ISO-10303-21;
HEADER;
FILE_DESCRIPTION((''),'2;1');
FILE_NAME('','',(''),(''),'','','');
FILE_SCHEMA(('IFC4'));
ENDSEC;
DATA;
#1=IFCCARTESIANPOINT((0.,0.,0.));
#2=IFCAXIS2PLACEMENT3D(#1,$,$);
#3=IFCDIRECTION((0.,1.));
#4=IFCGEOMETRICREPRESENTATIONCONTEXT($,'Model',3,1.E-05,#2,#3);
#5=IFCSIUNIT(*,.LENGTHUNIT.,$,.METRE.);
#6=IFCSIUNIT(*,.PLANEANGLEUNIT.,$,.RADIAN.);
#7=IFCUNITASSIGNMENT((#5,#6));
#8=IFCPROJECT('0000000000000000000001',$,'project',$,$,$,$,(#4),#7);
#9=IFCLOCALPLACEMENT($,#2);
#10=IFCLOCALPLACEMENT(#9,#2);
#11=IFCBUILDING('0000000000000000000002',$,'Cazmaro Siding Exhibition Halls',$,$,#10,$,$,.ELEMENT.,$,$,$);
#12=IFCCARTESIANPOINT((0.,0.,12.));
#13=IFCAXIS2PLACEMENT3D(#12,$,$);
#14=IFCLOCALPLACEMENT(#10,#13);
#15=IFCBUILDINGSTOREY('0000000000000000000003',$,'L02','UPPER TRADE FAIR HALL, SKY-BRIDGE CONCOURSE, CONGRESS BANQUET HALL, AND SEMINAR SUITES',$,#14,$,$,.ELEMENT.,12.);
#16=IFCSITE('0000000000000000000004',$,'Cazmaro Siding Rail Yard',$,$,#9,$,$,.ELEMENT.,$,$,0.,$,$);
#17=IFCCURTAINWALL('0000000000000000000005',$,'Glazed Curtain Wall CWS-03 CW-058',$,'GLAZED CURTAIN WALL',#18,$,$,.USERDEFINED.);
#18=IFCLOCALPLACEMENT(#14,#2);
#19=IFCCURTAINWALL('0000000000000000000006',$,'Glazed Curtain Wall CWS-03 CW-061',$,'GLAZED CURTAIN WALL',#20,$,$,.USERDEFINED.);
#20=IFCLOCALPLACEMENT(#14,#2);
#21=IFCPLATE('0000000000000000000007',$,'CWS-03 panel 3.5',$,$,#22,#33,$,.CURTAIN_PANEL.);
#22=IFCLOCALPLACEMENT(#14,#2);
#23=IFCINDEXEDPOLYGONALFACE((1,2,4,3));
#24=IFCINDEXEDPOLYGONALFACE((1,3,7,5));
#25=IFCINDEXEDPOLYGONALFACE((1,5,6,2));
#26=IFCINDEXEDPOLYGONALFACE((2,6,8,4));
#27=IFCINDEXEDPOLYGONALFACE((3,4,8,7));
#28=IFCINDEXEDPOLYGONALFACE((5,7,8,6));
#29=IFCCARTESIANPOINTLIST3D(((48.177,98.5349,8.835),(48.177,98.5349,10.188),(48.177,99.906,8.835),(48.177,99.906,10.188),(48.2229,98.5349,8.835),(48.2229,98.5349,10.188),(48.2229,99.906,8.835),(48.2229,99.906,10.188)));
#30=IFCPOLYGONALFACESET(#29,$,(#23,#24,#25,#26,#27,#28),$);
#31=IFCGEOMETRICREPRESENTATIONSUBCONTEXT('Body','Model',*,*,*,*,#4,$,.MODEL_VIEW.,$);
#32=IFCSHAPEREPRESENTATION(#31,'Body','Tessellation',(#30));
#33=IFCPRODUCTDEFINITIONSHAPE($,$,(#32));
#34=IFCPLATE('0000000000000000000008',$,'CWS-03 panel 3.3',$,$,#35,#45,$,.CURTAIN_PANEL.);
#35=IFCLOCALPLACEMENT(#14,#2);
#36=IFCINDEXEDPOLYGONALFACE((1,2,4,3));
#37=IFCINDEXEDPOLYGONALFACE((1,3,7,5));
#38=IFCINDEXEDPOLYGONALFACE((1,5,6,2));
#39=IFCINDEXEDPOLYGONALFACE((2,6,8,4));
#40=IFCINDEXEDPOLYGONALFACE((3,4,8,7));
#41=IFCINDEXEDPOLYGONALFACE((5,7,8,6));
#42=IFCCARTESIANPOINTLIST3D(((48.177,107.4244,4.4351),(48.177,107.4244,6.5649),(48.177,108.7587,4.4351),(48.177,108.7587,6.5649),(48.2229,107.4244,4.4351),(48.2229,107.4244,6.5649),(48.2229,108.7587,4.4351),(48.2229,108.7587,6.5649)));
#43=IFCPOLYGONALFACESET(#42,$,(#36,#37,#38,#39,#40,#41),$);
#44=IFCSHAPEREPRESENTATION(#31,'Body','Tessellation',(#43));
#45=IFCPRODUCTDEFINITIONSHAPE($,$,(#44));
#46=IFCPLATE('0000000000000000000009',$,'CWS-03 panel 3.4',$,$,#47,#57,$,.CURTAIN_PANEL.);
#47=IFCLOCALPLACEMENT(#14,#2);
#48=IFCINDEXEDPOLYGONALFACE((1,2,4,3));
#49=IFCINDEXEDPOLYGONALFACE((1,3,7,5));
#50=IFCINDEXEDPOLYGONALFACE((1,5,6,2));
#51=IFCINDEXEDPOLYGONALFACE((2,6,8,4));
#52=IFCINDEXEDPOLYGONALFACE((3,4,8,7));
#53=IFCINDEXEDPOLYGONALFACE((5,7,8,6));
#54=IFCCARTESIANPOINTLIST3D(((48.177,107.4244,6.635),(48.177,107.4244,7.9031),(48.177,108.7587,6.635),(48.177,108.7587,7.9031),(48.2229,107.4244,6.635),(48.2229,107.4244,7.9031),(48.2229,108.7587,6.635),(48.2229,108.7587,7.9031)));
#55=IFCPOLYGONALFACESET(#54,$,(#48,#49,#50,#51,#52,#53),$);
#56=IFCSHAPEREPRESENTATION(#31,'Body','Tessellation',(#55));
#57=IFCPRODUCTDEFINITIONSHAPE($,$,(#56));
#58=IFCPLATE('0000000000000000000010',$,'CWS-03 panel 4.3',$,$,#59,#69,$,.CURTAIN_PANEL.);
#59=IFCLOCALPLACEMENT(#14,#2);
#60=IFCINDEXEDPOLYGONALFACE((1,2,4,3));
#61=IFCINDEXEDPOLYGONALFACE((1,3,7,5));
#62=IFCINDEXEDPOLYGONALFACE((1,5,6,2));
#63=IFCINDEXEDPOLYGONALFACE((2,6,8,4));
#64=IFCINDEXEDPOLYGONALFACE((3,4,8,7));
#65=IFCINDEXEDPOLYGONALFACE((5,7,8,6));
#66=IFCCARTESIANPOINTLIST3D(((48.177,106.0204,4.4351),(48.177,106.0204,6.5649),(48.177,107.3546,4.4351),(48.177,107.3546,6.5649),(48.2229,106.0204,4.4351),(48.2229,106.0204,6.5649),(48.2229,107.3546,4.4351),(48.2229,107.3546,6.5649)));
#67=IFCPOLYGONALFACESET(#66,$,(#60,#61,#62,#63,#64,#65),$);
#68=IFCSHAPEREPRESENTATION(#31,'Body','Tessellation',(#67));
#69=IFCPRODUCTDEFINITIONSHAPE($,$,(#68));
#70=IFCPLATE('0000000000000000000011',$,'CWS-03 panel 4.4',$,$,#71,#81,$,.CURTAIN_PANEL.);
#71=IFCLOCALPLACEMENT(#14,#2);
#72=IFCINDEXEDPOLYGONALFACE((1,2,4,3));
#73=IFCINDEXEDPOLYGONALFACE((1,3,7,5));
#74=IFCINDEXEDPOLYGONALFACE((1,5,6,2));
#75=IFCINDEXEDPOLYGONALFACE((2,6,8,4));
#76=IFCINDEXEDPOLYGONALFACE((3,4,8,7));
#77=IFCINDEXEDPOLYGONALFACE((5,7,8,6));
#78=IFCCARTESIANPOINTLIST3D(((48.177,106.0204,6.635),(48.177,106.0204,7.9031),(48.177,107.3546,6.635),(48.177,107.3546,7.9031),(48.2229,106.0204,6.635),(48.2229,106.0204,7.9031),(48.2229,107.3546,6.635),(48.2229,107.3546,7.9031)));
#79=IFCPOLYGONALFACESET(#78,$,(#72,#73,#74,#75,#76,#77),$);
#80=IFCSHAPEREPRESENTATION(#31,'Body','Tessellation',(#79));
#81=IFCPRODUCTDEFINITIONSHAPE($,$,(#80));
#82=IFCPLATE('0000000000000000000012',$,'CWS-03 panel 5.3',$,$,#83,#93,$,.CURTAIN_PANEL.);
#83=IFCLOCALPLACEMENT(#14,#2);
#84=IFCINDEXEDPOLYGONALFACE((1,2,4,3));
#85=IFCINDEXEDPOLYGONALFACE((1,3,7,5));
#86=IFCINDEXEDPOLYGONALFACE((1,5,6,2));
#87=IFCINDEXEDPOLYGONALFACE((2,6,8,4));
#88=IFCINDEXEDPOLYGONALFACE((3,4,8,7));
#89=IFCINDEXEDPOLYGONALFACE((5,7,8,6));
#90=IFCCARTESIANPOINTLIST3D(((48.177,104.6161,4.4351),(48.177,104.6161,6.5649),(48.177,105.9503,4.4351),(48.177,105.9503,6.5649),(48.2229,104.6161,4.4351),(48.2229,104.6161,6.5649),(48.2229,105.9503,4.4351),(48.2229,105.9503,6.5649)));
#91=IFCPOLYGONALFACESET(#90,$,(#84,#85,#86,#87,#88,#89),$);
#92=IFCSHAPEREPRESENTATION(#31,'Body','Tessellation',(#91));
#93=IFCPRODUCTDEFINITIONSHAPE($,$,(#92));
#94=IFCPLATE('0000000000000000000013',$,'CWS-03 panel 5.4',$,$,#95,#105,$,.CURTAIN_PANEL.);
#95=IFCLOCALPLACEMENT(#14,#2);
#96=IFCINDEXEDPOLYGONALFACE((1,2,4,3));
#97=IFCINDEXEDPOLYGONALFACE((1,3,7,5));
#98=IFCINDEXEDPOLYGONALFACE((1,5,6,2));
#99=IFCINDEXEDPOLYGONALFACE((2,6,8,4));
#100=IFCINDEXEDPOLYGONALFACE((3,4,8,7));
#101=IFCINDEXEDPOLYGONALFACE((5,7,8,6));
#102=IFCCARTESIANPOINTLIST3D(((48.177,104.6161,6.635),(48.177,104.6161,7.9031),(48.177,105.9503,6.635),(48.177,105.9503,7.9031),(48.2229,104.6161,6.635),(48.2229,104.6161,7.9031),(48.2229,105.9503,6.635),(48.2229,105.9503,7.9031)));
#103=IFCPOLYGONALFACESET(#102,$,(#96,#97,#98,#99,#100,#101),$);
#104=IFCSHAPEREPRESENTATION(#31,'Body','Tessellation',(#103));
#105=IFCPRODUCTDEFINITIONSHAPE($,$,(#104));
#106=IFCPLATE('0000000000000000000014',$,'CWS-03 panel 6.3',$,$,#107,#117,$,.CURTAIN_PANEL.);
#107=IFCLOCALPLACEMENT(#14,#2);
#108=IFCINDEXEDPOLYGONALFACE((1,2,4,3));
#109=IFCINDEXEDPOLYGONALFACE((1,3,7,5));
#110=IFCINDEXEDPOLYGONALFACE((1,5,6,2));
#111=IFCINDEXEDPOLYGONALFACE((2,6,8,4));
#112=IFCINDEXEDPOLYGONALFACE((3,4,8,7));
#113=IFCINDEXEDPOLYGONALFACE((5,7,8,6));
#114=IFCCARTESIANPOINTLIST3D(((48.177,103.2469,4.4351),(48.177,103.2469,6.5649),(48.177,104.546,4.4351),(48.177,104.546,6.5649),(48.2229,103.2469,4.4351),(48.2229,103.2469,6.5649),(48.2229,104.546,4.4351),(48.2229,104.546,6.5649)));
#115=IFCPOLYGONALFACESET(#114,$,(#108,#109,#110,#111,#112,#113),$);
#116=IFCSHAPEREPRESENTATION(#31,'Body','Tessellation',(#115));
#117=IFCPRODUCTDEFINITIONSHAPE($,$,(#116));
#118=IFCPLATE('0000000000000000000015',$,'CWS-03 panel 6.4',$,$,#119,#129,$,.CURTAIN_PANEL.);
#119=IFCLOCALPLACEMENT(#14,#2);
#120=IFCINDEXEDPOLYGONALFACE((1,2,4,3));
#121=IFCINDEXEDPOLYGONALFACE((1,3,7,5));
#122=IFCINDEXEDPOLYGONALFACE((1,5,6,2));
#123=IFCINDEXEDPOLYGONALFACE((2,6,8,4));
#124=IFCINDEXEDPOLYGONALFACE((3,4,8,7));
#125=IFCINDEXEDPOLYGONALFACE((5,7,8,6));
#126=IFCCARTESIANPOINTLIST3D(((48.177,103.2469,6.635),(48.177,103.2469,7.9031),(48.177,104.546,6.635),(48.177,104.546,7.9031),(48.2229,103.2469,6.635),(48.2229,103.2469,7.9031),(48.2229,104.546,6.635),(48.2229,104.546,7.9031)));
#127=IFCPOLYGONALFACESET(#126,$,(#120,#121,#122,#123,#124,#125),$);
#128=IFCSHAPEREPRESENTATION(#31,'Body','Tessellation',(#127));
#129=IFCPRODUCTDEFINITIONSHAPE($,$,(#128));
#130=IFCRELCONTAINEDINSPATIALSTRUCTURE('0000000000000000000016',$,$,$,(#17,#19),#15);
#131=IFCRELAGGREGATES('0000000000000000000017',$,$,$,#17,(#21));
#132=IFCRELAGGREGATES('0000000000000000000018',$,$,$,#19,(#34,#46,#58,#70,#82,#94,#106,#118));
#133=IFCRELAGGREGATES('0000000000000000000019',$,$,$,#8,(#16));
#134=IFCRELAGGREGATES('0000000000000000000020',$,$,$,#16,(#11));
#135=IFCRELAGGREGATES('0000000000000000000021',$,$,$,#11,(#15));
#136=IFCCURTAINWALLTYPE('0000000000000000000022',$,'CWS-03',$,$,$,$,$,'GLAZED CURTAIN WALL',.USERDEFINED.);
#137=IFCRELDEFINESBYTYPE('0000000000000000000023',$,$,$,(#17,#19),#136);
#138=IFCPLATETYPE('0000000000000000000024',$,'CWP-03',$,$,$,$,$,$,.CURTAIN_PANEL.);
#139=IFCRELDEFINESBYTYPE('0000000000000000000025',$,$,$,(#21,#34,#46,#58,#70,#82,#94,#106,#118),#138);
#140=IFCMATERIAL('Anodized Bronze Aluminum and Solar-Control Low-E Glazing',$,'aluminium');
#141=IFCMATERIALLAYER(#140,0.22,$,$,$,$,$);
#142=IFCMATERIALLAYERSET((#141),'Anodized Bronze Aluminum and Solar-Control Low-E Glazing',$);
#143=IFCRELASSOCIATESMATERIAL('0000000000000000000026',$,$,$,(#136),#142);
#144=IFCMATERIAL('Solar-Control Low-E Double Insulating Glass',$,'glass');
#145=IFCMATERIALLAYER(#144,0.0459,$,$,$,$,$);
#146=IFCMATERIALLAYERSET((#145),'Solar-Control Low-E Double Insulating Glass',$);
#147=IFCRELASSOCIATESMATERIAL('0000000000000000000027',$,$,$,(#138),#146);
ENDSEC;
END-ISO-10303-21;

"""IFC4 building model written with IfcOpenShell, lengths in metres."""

from ifc_helpers import new_model, si_unit, direction, frame, origin, origin_2d, place, context, subcontext, project, spatial, rectangle, extrude, material, layer, layer_set, type_object, element, aggregate, save


model = new_model("IFC4")

# Units and contexts
model_context = context("Model", 3, precision=1e-05, world=origin(), true_north=direction((0.0, 1.0)))
body_context = subcontext(model_context, "Body", "Model", "MODEL_VIEW")
ifc_project = project(units=[si_unit("LENGTHUNIT", "METRE"), si_unit("PLANEANGLEUNIT", "RADIAN")], contexts=[model_context])

# Site, building, storey
site_placement = place(None, origin())
site = spatial("IfcSite", under=ifc_project, at=site_placement, Name="Cazmaro Siding Rail Yard", CompositionType="ELEMENT", RefElevation=0.0)
building_placement = place(site_placement, origin())
building = spatial("IfcBuilding", under=site, at=building_placement, Name="Cazmaro Siding Exhibition Halls", CompositionType="ELEMENT")
storey_placement = place(building_placement, frame((0.0, 0.0, 12.0)))
storey = spatial("IfcBuildingStorey", under=building, at=storey_placement, Name="L02", Description="UPPER TRADE FAIR HALL, SKY-BRIDGE CONCOURSE, CONGRESS BANQUET HALL, AND SEMINAR SUITES", CompositionType="ELEMENT", Elevation=12.0)

# Curtain walls
ifc_material_1 = material(Name="Anodized Bronze Aluminum and Solar-Control Low-E Glazing", Category="aluminium")
ifc_layer_1 = layer(ifc_material_1, 0.22)
ifc_layer_set_1 = layer_set([ifc_layer_1], Name="Anodized Bronze Aluminum and Solar-Control Low-E Glazing")
curtain_wall_type = type_object("IfcCurtainWallType", Name="CWS-03", ElementType="GLAZED CURTAIN WALL", PredefinedType="USERDEFINED", material=ifc_layer_set_1)
curtain_wall_1_placement = place(storey_placement, origin())
curtain_wall_1 = element("IfcCurtainWall", 1, at=curtain_wall_1_placement, inside=storey, type_object=curtain_wall_type, Name="Glazed Curtain Wall CWS-03 CW-058", ObjectType="GLAZED CURTAIN WALL", PredefinedType="USERDEFINED")
curtain_wall_2_placement = place(storey_placement, origin())
curtain_wall_2 = element("IfcCurtainWall", 2, at=curtain_wall_2_placement, inside=storey, type_object=curtain_wall_type, Name="Glazed Curtain Wall CWS-03 CW-061", ObjectType="GLAZED CURTAIN WALL", PredefinedType="USERDEFINED")

# Plates
ifc_material_2 = material(Name="Solar-Control Low-E Double Insulating Glass", Category="glass")
ifc_layer_2 = layer(ifc_material_2, 0.0459)
ifc_layer_set_2 = layer_set([ifc_layer_2], Name="Solar-Control Low-E Double Insulating Glass")
plate_type = type_object("IfcPlateType", Name="CWP-03", PredefinedType="CURTAIN_PANEL", material=ifc_layer_set_2)
plate_1_placement = place(storey_placement, frame((48.2, 99.2205, 8.835), z_axis=(0.0, 0.0, 1.0), x_axis=(0.0, -1.0, 0.0)))
plate_1 = element("IfcPlate", 3, at=plate_1_placement, type_object=plate_type, Name="CWS-03 panel 3.5", PredefinedType="CURTAIN_PANEL", context=body_context, shape_type="SweptSolid", body=[
    extrude(rectangle(XDim=1.3711, YDim=0.0459, at=origin_2d()), origin(), (0.0, 0.0, 1.0), 1.353),
])
aggregate(curtain_wall_1, [plate_1])
plate_2_placement = place(storey_placement, frame((48.2, 108.0916, 4.4351), z_axis=(0.0, 0.0, 1.0), x_axis=(0.0, -1.0, 0.0)))
plate_2 = element("IfcPlate", 4, at=plate_2_placement, type_object=plate_type, Name="CWS-03 panel 3.3", PredefinedType="CURTAIN_PANEL", context=body_context, shape_type="SweptSolid", body=[
    extrude(rectangle(XDim=1.3342, YDim=0.0459, at=origin_2d()), origin(), (0.0, 0.0, 1.0), 2.1299),
])
plate_3_placement = place(storey_placement, frame((48.2, 108.0916, 6.635), z_axis=(0.0, 0.0, 1.0), x_axis=(0.0, -1.0, 0.0)))
plate_3 = element("IfcPlate", 5, at=plate_3_placement, type_object=plate_type, Name="CWS-03 panel 3.4", PredefinedType="CURTAIN_PANEL", context=body_context, shape_type="SweptSolid", body=[
    extrude(rectangle(XDim=1.3342, YDim=0.0459, at=origin_2d()), origin(), (0.0, 0.0, 1.0), 1.2681),
])
plate_4_placement = place(storey_placement, frame((48.2, 106.6875, 4.4351), z_axis=(0.0, 0.0, 1.0), x_axis=(0.0, -1.0, 0.0)))
plate_4 = element("IfcPlate", 6, at=plate_4_placement, type_object=plate_type, Name="CWS-03 panel 4.3", PredefinedType="CURTAIN_PANEL", context=body_context, shape_type="SweptSolid", body=[
    extrude(rectangle(XDim=1.3342, YDim=0.0459, at=origin_2d()), origin(), (0.0, 0.0, 1.0), 2.1299),
])
plate_5_placement = place(storey_placement, frame((48.2, 106.6875, 6.635), z_axis=(0.0, 0.0, 1.0), x_axis=(0.0, -1.0, 0.0)))
plate_5 = element("IfcPlate", 7, at=plate_5_placement, type_object=plate_type, Name="CWS-03 panel 4.4", PredefinedType="CURTAIN_PANEL", context=body_context, shape_type="SweptSolid", body=[
    extrude(rectangle(XDim=1.3342, YDim=0.0459, at=origin_2d()), origin(), (0.0, 0.0, 1.0), 1.2681),
])
plate_6_placement = place(storey_placement, frame((48.2, 105.2832, 4.4351), z_axis=(0.0, 0.0, 1.0), x_axis=(0.0, -1.0, 0.0)))
plate_6 = element("IfcPlate", 8, at=plate_6_placement, type_object=plate_type, Name="CWS-03 panel 5.3", PredefinedType="CURTAIN_PANEL", context=body_context, shape_type="SweptSolid", body=[
    extrude(rectangle(XDim=1.3342, YDim=0.0459, at=origin_2d()), origin(), (0.0, 0.0, 1.0), 2.1299),
])
plate_7_placement = place(storey_placement, frame((48.2, 105.2832, 6.635), z_axis=(0.0, 0.0, 1.0), x_axis=(0.0, -1.0, 0.0)))
plate_7 = element("IfcPlate", 9, at=plate_7_placement, type_object=plate_type, Name="CWS-03 panel 5.4", PredefinedType="CURTAIN_PANEL", context=body_context, shape_type="SweptSolid", body=[
    extrude(rectangle(XDim=1.3342, YDim=0.0459, at=origin_2d()), origin(), (0.0, 0.0, 1.0), 1.2681),
])
plate_8_placement = place(storey_placement, frame((48.2, 103.8965, 4.4351), z_axis=(0.0, 0.0, 1.0), x_axis=(0.0, -1.0, 0.0)))
plate_8 = element("IfcPlate", 10, at=plate_8_placement, type_object=plate_type, Name="CWS-03 panel 6.3", PredefinedType="CURTAIN_PANEL", context=body_context, shape_type="SweptSolid", body=[
    extrude(rectangle(XDim=1.2991, YDim=0.0459, at=origin_2d()), origin(), (0.0, 0.0, 1.0), 2.1299),
])
plate_9_placement = place(storey_placement, frame((48.2, 103.8965, 6.635), z_axis=(0.0, 0.0, 1.0), x_axis=(0.0, -1.0, 0.0)))
plate_9 = element("IfcPlate", 11, at=plate_9_placement, type_object=plate_type, Name="CWS-03 panel 6.4", PredefinedType="CURTAIN_PANEL", context=body_context, shape_type="SweptSolid", body=[
    extrude(rectangle(XDim=1.2991, YDim=0.0459, at=origin_2d()), origin(), (0.0, 0.0, 1.0), 1.2681),
])
aggregate(curtain_wall_2, [plate_2, plate_3, plate_4, plate_5, plate_6, plate_7, plate_8, plate_9])

save(model, "model.ifc")
